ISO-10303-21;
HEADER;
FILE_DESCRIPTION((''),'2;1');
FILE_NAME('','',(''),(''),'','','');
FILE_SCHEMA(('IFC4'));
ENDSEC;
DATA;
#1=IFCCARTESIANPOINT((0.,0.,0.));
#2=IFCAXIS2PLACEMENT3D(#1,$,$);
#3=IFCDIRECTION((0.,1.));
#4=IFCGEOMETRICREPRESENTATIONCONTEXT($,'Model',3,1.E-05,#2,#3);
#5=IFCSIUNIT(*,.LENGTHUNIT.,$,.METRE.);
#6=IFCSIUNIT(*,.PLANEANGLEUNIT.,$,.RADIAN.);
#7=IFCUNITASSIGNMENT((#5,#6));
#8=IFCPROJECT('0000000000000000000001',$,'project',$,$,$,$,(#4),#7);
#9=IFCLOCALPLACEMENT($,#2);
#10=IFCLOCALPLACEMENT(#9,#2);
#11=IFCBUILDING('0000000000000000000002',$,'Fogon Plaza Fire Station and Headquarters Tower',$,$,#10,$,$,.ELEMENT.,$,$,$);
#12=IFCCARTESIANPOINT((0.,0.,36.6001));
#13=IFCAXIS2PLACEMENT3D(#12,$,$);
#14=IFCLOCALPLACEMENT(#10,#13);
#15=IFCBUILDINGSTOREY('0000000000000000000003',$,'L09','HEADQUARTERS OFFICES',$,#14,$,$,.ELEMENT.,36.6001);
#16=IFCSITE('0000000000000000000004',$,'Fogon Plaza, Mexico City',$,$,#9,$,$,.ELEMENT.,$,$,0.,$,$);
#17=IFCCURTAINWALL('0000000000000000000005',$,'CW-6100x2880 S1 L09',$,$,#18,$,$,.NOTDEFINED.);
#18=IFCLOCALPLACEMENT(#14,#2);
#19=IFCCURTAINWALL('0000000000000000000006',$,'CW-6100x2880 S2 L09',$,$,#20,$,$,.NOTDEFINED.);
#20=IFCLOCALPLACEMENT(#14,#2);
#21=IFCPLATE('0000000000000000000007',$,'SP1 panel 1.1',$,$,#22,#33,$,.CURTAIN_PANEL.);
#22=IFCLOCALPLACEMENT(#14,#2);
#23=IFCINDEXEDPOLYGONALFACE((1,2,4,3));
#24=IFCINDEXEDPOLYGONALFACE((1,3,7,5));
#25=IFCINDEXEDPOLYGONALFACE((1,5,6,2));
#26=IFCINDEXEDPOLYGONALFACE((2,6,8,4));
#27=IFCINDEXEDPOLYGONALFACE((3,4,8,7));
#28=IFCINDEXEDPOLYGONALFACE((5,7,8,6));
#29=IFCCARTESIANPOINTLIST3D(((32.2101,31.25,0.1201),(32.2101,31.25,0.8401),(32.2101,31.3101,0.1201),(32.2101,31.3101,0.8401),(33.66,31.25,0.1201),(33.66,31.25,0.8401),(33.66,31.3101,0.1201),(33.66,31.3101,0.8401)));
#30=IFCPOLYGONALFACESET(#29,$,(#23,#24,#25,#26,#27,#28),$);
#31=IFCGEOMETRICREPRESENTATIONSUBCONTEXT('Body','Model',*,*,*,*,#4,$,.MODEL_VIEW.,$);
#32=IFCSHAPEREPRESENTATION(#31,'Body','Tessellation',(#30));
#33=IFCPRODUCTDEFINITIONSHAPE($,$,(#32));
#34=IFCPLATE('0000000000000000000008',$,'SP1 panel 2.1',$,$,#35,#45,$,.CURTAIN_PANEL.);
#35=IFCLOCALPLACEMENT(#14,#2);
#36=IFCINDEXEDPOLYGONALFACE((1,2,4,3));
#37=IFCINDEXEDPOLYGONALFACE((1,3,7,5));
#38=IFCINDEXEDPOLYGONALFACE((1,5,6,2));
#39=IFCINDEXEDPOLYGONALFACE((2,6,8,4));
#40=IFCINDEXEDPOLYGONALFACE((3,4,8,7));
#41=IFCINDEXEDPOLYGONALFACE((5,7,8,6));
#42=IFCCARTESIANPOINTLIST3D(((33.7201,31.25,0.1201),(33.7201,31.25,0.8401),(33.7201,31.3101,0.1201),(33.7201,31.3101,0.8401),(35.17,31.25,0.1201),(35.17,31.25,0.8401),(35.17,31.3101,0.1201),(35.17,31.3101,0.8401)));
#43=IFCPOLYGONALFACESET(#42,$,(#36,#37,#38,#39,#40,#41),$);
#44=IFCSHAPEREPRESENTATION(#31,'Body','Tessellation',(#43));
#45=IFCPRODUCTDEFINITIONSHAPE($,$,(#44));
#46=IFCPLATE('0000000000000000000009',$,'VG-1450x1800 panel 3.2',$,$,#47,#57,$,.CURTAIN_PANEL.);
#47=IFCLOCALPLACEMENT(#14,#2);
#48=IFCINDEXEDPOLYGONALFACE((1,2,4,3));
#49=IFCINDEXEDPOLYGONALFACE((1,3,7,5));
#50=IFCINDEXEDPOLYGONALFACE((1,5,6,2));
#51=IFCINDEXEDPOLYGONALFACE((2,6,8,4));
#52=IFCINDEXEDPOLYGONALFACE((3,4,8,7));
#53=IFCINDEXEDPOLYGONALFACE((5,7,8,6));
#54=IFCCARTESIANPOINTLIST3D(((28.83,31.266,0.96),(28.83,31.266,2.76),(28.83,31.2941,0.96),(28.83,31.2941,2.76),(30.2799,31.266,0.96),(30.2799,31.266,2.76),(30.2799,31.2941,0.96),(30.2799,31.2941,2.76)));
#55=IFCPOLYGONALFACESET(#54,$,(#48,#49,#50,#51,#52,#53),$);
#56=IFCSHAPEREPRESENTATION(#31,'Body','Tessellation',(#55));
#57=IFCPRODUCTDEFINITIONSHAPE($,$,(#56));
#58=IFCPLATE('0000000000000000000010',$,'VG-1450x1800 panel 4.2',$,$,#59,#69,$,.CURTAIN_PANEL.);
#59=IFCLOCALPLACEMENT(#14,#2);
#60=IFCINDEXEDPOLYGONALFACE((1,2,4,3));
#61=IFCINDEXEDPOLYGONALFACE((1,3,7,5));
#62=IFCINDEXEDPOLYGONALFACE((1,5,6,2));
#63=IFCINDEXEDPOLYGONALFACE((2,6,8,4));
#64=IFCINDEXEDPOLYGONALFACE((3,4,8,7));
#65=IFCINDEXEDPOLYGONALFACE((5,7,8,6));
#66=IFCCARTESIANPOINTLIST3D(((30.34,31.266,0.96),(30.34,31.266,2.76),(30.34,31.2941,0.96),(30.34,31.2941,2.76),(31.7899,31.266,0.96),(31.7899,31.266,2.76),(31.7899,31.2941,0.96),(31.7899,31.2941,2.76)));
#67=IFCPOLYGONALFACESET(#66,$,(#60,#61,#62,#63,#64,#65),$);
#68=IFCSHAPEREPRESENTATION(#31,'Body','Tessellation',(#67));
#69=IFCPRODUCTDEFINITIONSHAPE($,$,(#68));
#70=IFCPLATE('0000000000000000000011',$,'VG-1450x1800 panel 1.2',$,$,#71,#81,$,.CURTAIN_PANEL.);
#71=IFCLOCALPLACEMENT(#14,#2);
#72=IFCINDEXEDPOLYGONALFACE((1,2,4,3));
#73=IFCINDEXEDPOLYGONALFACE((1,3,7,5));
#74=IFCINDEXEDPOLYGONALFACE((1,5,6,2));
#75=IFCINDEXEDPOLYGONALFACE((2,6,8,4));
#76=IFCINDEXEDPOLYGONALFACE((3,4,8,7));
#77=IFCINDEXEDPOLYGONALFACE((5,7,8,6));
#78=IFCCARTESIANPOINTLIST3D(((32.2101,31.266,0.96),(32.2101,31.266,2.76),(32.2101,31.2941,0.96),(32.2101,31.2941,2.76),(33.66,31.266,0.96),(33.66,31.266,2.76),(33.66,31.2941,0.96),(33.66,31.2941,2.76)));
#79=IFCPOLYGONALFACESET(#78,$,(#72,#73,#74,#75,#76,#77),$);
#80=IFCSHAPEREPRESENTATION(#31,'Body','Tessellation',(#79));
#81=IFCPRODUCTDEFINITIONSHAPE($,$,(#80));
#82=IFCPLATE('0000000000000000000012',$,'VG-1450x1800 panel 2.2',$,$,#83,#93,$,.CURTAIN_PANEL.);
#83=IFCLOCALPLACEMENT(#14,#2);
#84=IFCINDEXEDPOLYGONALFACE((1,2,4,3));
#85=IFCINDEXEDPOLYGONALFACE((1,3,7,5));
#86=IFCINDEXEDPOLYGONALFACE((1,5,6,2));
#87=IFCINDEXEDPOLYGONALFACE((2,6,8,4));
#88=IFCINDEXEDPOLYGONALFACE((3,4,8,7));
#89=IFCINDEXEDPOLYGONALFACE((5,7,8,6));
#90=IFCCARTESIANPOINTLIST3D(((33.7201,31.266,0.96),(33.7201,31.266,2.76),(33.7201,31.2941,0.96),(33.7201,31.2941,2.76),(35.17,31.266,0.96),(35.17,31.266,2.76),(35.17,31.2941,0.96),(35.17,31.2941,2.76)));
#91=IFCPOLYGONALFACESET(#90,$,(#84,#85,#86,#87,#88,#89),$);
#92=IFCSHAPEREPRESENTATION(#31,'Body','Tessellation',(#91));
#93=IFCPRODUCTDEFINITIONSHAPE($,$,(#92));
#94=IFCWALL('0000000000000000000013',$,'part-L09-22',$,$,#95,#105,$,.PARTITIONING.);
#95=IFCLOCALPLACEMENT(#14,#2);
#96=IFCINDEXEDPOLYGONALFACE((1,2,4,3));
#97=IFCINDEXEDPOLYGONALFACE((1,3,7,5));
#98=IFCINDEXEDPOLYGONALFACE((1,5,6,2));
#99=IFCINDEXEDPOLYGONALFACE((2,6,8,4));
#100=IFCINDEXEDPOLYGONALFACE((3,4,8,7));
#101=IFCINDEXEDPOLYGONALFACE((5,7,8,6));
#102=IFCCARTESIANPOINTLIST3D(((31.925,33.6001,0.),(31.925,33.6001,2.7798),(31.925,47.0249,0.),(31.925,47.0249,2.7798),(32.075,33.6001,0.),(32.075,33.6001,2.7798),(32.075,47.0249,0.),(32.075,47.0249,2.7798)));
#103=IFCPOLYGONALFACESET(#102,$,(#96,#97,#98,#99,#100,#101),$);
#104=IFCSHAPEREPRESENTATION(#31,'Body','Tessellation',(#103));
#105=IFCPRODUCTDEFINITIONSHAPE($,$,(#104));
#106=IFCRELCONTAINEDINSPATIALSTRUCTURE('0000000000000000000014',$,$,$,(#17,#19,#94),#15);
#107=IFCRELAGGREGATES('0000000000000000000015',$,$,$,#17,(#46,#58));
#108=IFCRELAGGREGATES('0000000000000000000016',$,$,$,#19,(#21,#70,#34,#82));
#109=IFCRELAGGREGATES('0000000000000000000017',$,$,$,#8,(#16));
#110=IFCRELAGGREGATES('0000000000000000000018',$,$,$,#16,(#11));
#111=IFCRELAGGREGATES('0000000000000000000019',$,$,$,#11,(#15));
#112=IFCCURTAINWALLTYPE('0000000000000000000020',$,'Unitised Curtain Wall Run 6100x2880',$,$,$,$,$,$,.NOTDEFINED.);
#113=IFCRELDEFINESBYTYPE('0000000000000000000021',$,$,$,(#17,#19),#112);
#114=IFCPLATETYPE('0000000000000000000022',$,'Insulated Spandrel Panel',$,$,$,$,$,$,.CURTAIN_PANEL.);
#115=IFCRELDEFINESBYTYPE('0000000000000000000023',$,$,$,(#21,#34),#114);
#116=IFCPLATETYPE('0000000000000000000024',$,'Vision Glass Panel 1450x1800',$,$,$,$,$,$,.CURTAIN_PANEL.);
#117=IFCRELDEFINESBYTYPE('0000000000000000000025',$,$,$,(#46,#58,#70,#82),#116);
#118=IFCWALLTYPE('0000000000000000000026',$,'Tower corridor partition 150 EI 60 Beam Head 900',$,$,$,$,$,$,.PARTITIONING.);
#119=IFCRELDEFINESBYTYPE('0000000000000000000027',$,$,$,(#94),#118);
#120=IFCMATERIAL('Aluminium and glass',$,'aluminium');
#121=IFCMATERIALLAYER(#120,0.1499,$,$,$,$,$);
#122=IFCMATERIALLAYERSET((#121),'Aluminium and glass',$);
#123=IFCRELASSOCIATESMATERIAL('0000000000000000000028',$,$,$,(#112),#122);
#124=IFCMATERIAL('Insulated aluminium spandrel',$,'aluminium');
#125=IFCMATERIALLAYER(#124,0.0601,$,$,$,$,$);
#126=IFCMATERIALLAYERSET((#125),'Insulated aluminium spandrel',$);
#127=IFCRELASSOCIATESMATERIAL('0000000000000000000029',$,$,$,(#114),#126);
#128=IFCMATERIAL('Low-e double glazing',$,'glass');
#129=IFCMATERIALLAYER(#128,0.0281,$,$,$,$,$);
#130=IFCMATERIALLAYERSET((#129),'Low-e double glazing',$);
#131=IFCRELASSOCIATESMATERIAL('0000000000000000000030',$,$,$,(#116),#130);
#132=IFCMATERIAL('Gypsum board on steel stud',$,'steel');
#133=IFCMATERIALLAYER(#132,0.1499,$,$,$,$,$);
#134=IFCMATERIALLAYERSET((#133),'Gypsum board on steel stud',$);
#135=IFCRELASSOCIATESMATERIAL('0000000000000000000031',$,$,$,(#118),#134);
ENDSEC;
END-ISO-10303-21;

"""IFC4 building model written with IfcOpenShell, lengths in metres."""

from ifc_helpers import new_model, si_unit, direction, frame, frame_2d, origin, origin_2d, place, context, subcontext, project, spatial, rectangle, extrude, material, layer, layer_set, type_object, element, aggregate, save


model = new_model("IFC4")

# Units and contexts
model_context = context("Model", 3, precision=1e-05, world=origin(), true_north=direction((0.0, 1.0)))
body_context = subcontext(model_context, "Body", "Model", "MODEL_VIEW")
ifc_project = project(units=[si_unit("LENGTHUNIT", "METRE"), si_unit("PLANEANGLEUNIT", "RADIAN")], contexts=[model_context])

# Site, building, storey
site_placement = place(None, origin())
site = spatial("IfcSite", under=ifc_project, at=site_placement, Name="Fogon Plaza, Mexico City", CompositionType="ELEMENT", RefElevation=0.0)
building_placement = place(site_placement, origin())
building = spatial("IfcBuilding", under=site, at=building_placement, Name="Fogon Plaza Fire Station and Headquarters Tower", CompositionType="ELEMENT")
storey_placement = place(building_placement, frame((0.0, 0.0, 36.6001)))
storey = spatial("IfcBuildingStorey", under=building, at=storey_placement, Name="L09", Description="HEADQUARTERS OFFICES", CompositionType="ELEMENT", Elevation=36.6001)

# Curtain walls
ifc_material_1 = material(Name="Aluminium and glass", Category="aluminium")
ifc_layer_1 = layer(ifc_material_1, 0.1499)
ifc_layer_set_1 = layer_set([ifc_layer_1], Name="Aluminium and glass")
curtain_wall_type = type_object("IfcCurtainWallType", Name="Unitised Curtain Wall Run 6100x2880", PredefinedType="NOTDEFINED", material=ifc_layer_set_1)
curtain_wall_1_placement = place(storey_placement, origin())
curtain_wall_1 = element("IfcCurtainWall", 1, at=curtain_wall_1_placement, inside=storey, type_object=curtain_wall_type, Name="CW-6100x2880 S1 L09", PredefinedType="NOTDEFINED")
curtain_wall_2_placement = place(storey_placement, origin())
curtain_wall_2 = element("IfcCurtainWall", 2, at=curtain_wall_2_placement, inside=storey, type_object=curtain_wall_type, Name="CW-6100x2880 S2 L09", PredefinedType="NOTDEFINED")

# Plates
ifc_material_2 = material(Name="Insulated aluminium spandrel", Category="aluminium")
ifc_layer_2 = layer(ifc_material_2, 0.0601)
ifc_layer_set_2 = layer_set([ifc_layer_2], Name="Insulated aluminium spandrel")
plate_type_1 = type_object("IfcPlateType", Name="Insulated Spandrel Panel", PredefinedType="CURTAIN_PANEL", material=ifc_layer_set_2)
plate_1_placement = place(storey_placement, frame((32.9351, 31.28, 0.1201), z_axis=(0.0, 0.0, 1.0), x_axis=(1.0, 0.0, 0.0)))
plate_1 = element("IfcPlate", 3, at=plate_1_placement, type_object=plate_type_1, Name="SP1 panel 1.1", PredefinedType="CURTAIN_PANEL", context=body_context, shape_type="SweptSolid", body=[
    extrude(rectangle(XDim=1.45, YDim=0.0601, at=origin_2d()), origin(), (0.0, 0.0, 1.0), 0.72),
])
plate_2_placement = place(storey_placement, frame((34.4451, 31.28, 0.1201), z_axis=(0.0, 0.0, 1.0), x_axis=(1.0, 0.0, 0.0)))
plate_2 = element("IfcPlate", 4, at=plate_2_placement, type_object=plate_type_1, Name="SP1 panel 2.1", PredefinedType="CURTAIN_PANEL", context=body_context, shape_type="SweptSolid", body=[
    extrude(rectangle(XDim=1.45, YDim=0.0601, at=origin_2d()), origin(), (0.0, 0.0, 1.0), 0.72),
])
ifc_material_3 = material(Name="Low-e double glazing", Category="glass")
ifc_layer_3 = layer(ifc_material_3, 0.0281)
ifc_layer_set_3 = layer_set([ifc_layer_3], Name="Low-e double glazing")
plate_type_2 = type_object("IfcPlateType", Name="Vision Glass Panel 1450x1800", PredefinedType="CURTAIN_PANEL", material=ifc_layer_set_3)
plate_3_placement = place(storey_placement, frame((29.5549, 31.28, 0.96), z_axis=(0.0, 0.0, 1.0), x_axis=(1.0, 0.0, 0.0)))
plate_3 = element("IfcPlate", 5, at=plate_3_placement, type_object=plate_type_2, Name="VG-1450x1800 panel 3.2", PredefinedType="CURTAIN_PANEL", context=body_context, shape_type="SweptSolid", body=[
    extrude(rectangle(XDim=1.45, YDim=0.0281, at=origin_2d()), origin(), (0.0, 0.0, 1.0), 1.8),
])
plate_4_placement = place(storey_placement, frame((31.0649, 31.28, 0.96), z_axis=(0.0, 0.0, 1.0), x_axis=(1.0, 0.0, 0.0)))
plate_4 = element("IfcPlate", 6, at=plate_4_placement, type_object=plate_type_2, Name="VG-1450x1800 panel 4.2", PredefinedType="CURTAIN_PANEL", context=body_context, shape_type="SweptSolid", body=[
    extrude(rectangle(XDim=1.45, YDim=0.0281, at=origin_2d()), origin(), (0.0, 0.0, 1.0), 1.8),
])
aggregate(curtain_wall_1, [plate_3, plate_4])
plate_5_placement = place(storey_placement, frame((32.9351, 31.28, 0.96), z_axis=(0.0, 0.0, 1.0), x_axis=(1.0, 0.0, 0.0)))
plate_5 = element("IfcPlate", 7, at=plate_5_placement, type_object=plate_type_2, Name="VG-1450x1800 panel 1.2", PredefinedType="CURTAIN_PANEL", context=body_context, shape_type="SweptSolid", body=[
    extrude(rectangle(XDim=1.45, YDim=0.0281, at=origin_2d()), origin(), (0.0, 0.0, 1.0), 1.8),
])
plate_6_placement = place(storey_placement, frame((34.4451, 31.28, 0.96), z_axis=(0.0, 0.0, 1.0), x_axis=(1.0, 0.0, 0.0)))
plate_6 = element("IfcPlate", 8, at=plate_6_placement, type_object=plate_type_2, Name="VG-1450x1800 panel 2.2", PredefinedType="CURTAIN_PANEL", context=body_context, shape_type="SweptSolid", body=[
    extrude(rectangle(XDim=1.45, YDim=0.0281, at=origin_2d()), origin(), (0.0, 0.0, 1.0), 1.8),
])
aggregate(curtain_wall_2, [plate_1, plate_5, plate_2, plate_6])

# Wall
ifc_material_4 = material(Name="Gypsum board on steel stud", Category="steel")
ifc_layer_4 = layer(ifc_material_4, 0.1499)
ifc_layer_set_4 = layer_set([ifc_layer_4], Name="Gypsum board on steel stud")
wall_type = type_object("IfcWallType", Name="Tower corridor partition 150 EI 60 Beam Head 900", PredefinedType="PARTITIONING", material=ifc_layer_set_4)
wall_placement = place(storey_placement, frame((32.0, 33.6001, 0.0), z_axis=(0.0, 0.0, 1.0), x_axis=(0.0, 1.0, 0.0)))
element("IfcWall", 9, at=wall_placement, inside=storey, type_object=wall_type, Name="part-L09-22", PredefinedType="PARTITIONING", context=body_context, shape_type="SweptSolid", body=[
    extrude(rectangle(XDim=13.4248, YDim=0.1499, at=frame_2d((6.7124, 0.0))), origin(), (0.0, 0.0, 1.0), 2.7798),
])

save(model, "model.ifc")
